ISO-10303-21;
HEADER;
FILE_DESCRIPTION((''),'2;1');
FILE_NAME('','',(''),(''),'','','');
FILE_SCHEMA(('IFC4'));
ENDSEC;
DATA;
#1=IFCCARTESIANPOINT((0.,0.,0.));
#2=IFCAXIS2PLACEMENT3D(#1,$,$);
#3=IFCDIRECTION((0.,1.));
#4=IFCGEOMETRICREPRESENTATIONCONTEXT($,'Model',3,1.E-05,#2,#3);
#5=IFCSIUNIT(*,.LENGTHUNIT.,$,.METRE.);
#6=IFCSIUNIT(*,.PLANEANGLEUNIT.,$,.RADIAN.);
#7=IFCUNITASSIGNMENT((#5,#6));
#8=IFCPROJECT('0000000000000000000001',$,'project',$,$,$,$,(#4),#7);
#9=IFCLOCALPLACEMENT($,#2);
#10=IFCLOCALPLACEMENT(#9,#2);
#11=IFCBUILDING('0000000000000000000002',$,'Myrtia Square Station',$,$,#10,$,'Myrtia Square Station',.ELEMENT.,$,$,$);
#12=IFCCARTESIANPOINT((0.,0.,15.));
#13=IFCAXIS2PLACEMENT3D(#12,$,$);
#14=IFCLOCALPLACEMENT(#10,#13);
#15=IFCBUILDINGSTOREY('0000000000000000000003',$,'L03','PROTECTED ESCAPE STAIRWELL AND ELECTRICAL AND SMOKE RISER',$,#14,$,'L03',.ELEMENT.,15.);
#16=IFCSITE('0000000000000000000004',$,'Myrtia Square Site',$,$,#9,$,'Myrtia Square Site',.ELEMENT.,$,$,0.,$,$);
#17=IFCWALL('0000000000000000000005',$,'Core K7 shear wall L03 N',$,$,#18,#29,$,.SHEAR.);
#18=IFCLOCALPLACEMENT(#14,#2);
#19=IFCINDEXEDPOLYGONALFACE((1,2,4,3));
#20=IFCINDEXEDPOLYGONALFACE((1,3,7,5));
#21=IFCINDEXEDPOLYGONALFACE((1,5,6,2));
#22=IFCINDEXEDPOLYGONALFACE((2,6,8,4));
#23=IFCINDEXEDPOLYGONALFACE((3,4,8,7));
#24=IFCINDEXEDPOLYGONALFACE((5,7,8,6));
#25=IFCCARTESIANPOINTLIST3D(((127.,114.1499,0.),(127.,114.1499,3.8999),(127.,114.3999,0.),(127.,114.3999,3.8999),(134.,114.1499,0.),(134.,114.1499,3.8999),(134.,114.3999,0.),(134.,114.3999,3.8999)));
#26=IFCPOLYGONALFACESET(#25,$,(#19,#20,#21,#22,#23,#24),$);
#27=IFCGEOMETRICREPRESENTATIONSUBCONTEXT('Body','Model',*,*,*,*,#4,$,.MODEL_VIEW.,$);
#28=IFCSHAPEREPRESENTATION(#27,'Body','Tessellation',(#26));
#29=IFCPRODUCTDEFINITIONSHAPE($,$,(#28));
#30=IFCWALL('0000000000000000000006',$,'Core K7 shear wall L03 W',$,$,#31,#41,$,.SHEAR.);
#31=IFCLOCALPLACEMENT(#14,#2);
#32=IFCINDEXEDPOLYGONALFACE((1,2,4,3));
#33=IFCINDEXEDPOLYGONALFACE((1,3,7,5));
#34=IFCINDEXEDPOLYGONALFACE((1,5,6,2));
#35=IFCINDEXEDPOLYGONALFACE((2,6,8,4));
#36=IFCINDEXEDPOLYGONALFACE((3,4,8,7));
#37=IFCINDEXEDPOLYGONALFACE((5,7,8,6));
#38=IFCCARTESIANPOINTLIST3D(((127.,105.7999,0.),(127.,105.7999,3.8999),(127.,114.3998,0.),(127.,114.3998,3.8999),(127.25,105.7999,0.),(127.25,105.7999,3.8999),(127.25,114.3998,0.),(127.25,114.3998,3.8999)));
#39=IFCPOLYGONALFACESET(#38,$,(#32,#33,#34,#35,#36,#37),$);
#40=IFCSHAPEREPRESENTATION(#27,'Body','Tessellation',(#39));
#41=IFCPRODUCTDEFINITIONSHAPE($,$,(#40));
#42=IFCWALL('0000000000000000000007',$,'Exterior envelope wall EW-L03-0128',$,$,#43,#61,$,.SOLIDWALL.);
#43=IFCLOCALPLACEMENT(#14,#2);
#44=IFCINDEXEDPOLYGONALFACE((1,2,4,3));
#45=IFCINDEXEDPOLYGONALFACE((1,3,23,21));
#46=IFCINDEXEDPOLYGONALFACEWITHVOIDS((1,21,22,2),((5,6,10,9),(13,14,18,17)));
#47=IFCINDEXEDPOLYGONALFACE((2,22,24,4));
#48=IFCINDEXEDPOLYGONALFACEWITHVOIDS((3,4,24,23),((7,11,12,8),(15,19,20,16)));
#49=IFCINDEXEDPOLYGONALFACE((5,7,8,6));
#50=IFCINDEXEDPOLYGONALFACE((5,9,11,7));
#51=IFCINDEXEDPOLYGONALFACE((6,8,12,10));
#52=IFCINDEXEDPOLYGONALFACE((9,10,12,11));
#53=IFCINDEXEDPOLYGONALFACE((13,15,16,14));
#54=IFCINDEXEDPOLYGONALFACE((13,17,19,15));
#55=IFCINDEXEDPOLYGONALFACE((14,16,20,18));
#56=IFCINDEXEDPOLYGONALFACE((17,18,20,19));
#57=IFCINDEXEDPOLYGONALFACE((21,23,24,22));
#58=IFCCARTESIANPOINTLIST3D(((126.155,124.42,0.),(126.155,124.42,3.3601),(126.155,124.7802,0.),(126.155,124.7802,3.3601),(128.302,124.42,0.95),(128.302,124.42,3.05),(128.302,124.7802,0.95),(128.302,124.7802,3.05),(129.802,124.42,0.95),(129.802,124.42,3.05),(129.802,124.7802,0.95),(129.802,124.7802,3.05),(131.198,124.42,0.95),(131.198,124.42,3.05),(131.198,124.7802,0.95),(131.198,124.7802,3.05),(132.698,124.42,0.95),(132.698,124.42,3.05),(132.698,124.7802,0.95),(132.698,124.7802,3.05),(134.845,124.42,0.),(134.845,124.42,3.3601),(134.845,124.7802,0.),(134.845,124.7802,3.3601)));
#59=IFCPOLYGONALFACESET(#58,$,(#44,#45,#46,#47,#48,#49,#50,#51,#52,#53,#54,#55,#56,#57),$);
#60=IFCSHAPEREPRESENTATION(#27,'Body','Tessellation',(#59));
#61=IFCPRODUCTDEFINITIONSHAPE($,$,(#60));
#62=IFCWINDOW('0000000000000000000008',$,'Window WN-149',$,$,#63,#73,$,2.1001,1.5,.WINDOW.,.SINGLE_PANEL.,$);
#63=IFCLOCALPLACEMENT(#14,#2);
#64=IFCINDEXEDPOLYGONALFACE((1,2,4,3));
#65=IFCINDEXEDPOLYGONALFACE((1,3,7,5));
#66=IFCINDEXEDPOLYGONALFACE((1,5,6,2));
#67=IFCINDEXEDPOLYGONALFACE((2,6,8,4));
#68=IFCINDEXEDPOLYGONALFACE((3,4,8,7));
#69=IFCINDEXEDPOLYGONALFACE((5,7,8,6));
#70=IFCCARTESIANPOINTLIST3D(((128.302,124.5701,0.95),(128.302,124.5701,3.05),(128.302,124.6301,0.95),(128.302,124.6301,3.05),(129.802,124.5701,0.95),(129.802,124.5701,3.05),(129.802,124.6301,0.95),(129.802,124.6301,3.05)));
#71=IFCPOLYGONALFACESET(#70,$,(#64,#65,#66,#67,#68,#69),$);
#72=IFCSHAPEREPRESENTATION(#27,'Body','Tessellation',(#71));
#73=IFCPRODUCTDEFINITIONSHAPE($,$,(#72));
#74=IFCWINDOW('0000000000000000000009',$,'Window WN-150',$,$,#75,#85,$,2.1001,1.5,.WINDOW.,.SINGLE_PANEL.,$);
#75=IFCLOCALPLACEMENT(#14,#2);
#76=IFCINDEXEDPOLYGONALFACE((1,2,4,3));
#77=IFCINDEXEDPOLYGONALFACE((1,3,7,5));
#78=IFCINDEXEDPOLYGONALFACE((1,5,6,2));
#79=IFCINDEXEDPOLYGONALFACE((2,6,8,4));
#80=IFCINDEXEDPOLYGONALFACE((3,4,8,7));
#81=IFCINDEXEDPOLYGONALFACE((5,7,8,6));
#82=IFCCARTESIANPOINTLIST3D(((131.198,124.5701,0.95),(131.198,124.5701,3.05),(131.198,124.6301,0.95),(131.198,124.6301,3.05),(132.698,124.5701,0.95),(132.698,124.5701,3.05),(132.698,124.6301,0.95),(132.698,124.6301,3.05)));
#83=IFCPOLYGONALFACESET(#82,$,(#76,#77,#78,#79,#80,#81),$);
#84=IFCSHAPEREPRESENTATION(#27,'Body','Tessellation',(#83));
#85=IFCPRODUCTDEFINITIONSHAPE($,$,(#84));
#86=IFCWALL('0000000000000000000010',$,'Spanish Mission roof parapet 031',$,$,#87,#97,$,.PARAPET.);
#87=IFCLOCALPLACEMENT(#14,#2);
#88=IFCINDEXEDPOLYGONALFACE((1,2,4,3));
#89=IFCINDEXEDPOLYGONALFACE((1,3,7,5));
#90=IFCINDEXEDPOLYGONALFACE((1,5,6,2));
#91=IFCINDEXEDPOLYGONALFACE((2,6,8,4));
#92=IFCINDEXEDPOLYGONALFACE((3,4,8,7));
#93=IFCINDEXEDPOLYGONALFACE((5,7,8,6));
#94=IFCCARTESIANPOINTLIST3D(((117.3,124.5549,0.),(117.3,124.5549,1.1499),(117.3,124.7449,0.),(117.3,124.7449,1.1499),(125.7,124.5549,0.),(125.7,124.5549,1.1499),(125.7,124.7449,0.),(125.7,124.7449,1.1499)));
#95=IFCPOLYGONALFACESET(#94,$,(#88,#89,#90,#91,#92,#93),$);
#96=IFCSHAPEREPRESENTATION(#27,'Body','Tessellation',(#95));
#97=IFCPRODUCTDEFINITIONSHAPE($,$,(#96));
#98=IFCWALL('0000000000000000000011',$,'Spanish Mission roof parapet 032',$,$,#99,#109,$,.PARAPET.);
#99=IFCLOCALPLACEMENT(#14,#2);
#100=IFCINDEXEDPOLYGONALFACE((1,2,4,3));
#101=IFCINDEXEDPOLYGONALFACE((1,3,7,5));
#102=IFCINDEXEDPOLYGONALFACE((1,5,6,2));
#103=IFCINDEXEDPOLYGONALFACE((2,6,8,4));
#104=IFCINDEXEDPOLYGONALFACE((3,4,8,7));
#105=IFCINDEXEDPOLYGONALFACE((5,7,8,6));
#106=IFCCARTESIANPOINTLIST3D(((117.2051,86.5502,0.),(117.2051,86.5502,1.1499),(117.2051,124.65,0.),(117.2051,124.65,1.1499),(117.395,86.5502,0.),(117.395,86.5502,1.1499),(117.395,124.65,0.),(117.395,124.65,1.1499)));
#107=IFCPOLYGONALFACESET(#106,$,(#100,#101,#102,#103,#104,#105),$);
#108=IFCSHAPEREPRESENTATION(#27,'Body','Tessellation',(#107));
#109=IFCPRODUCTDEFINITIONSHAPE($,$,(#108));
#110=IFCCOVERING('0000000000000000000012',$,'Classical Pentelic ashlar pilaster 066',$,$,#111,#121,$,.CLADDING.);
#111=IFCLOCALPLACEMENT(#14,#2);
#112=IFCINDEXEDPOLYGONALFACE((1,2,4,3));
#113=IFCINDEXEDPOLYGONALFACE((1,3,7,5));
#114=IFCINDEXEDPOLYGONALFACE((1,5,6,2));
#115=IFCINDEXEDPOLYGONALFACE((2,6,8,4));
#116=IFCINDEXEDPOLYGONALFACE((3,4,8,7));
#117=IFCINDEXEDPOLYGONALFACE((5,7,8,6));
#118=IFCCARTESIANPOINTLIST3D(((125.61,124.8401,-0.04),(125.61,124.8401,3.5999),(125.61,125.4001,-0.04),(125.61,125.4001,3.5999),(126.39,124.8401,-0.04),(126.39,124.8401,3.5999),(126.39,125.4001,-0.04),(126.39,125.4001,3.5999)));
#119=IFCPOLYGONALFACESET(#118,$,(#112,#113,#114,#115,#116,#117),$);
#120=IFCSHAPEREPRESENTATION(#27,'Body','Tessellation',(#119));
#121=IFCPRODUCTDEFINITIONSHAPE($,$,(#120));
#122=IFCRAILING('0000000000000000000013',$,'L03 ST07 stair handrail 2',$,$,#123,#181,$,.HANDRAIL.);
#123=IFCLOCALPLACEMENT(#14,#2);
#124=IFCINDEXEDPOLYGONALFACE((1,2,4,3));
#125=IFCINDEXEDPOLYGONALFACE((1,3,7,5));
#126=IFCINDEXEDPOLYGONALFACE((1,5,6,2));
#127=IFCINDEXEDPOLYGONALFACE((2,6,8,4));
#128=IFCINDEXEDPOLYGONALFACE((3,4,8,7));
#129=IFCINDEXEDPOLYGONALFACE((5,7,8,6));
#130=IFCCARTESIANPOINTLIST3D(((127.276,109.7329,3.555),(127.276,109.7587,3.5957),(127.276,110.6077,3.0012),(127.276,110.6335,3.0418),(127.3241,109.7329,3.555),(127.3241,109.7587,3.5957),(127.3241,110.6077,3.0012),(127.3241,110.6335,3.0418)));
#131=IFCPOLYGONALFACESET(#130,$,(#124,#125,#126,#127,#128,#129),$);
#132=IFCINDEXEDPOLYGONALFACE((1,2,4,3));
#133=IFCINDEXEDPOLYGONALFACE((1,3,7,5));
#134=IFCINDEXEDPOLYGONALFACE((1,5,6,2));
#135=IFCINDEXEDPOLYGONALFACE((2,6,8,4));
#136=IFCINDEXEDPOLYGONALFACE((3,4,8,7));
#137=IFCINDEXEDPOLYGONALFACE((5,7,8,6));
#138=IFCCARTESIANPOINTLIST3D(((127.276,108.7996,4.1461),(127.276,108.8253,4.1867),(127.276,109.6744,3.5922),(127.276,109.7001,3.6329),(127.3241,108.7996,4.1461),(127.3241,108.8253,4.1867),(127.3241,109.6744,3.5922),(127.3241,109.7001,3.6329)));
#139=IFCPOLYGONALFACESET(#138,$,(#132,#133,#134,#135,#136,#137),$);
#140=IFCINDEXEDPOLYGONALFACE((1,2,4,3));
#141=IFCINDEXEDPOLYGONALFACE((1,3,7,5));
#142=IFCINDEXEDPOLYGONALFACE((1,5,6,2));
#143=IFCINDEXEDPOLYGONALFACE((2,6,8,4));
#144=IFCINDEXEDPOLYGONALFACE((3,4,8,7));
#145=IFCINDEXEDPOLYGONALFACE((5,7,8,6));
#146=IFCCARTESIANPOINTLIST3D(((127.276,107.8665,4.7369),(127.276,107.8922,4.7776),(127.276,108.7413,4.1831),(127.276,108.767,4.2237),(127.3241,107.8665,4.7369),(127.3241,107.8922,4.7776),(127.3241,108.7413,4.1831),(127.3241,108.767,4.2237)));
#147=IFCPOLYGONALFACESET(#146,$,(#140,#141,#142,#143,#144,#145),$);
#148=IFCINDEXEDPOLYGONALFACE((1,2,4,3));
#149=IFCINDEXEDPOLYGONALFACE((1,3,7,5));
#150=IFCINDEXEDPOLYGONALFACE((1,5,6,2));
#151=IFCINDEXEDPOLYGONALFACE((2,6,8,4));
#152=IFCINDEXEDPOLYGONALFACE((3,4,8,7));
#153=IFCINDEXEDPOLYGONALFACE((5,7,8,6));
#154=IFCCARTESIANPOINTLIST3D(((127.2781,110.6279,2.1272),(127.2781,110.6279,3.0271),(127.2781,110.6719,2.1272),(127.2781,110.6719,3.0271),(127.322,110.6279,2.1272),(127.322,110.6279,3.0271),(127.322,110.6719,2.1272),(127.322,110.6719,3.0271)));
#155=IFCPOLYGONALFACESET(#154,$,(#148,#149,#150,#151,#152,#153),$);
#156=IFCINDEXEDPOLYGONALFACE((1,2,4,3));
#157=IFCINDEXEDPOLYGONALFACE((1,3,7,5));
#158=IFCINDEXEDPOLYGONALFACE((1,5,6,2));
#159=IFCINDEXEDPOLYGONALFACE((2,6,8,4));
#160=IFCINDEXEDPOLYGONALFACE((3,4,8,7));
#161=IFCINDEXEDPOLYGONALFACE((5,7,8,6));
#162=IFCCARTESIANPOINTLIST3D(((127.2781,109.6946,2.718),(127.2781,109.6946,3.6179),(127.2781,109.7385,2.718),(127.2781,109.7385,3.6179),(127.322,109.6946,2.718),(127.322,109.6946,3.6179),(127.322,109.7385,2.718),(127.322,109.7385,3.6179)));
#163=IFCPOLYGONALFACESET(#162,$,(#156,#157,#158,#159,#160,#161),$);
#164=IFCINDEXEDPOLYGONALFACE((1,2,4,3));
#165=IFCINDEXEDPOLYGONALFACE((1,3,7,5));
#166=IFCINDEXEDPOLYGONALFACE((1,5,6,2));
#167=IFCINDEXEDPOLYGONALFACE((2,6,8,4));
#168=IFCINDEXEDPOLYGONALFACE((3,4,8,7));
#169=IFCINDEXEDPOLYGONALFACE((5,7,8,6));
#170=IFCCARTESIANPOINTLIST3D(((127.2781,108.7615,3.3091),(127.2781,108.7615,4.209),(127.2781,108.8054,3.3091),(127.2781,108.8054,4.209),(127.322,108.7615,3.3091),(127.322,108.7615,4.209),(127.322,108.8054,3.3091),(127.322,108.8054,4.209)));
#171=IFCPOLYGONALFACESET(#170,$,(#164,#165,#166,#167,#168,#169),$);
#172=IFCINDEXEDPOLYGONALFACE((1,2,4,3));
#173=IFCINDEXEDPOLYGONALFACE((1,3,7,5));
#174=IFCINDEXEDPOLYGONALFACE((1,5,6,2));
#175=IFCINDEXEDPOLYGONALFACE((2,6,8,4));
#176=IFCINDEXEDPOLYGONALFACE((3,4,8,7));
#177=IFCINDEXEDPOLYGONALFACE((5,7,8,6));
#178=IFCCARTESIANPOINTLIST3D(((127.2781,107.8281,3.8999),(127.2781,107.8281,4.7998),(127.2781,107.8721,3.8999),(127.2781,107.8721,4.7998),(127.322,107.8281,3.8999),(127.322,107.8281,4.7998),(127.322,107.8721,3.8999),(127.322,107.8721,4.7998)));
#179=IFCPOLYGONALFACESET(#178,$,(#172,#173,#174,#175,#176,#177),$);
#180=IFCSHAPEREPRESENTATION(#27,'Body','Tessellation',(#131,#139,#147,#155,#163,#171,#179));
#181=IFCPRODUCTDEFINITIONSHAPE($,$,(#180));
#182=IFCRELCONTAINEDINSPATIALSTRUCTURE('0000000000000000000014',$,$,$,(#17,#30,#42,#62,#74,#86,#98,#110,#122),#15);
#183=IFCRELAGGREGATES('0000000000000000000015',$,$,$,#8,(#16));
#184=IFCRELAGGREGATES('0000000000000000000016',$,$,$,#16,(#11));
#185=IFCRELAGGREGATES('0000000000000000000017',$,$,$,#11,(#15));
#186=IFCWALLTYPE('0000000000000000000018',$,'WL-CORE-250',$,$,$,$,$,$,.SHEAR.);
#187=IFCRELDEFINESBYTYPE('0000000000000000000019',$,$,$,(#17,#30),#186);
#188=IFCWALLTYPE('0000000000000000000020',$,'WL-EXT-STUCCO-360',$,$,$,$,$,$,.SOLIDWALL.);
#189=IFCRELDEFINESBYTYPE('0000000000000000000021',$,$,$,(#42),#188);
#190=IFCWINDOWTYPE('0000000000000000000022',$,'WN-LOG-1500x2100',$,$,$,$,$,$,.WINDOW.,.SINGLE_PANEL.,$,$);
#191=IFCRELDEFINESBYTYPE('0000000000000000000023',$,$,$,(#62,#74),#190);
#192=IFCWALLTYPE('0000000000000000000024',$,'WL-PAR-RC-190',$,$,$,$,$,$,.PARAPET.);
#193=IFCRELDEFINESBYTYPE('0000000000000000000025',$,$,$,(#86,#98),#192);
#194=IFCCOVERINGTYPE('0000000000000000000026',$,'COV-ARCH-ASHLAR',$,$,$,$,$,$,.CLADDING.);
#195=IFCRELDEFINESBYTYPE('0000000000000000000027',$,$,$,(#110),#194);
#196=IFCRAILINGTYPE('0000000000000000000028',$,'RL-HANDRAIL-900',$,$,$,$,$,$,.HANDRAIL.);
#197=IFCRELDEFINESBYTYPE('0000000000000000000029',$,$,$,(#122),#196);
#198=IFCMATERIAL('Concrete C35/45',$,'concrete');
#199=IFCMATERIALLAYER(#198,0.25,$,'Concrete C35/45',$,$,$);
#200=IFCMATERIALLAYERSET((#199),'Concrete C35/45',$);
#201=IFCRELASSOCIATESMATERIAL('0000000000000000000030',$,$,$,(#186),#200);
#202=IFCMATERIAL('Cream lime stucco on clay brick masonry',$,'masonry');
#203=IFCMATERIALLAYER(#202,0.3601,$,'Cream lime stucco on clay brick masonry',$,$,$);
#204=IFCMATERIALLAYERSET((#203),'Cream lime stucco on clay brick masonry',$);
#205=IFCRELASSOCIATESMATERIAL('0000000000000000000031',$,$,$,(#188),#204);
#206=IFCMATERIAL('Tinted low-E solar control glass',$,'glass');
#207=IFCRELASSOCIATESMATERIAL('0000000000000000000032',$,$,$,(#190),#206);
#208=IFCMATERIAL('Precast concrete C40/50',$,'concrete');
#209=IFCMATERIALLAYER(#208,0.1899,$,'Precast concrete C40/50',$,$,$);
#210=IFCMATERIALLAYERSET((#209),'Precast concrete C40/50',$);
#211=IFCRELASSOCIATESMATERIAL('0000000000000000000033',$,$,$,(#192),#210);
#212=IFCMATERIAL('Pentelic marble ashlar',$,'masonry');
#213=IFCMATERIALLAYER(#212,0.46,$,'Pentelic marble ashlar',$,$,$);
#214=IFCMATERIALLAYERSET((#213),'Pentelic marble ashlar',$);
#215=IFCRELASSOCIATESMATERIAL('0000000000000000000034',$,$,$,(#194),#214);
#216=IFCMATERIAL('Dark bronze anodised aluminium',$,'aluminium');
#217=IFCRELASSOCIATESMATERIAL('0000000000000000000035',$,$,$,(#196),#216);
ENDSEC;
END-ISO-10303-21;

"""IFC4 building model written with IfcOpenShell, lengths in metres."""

from ifc_helpers import new_model, si_unit, direction, frame, frame_2d, origin, origin_2d, place, context, subcontext, project, spatial, rectangle, extrude, material, layer, layer_set, type_object, element, fill, save


model = new_model("IFC4")

# Units and contexts
model_context = context("Model", 3, precision=1e-05, world=origin(), true_north=direction((0.0, 1.0)))
body_context = subcontext(model_context, "Body", "Model", "MODEL_VIEW")
ifc_project = project(units=[si_unit("LENGTHUNIT", "METRE"), si_unit("PLANEANGLEUNIT", "RADIAN")], contexts=[model_context])

# Site, building, storey
site_placement = place(None, origin())
site = spatial("IfcSite", under=ifc_project, at=site_placement, Name="Myrtia Square Site", LongName="Myrtia Square Site", CompositionType="ELEMENT", RefElevation=0.0)
building_placement = place(site_placement, origin())
building = spatial("IfcBuilding", under=site, at=building_placement, Name="Myrtia Square Station", LongName="Myrtia Square Station", CompositionType="ELEMENT")
storey_placement = place(building_placement, frame((0.0, 0.0, 15.0)))
storey = spatial("IfcBuildingStorey", under=building, at=storey_placement, Name="L03", Description="PROTECTED ESCAPE STAIRWELL AND ELECTRICAL AND SMOKE RISER", LongName="L03", CompositionType="ELEMENT", Elevation=15.0)

# Shared definitions
ifc_material_1 = material(Name="Concrete C35/45", Category="concrete")
ifc_layer_1 = layer(ifc_material_1, 0.25, Name="Concrete C35/45")
ifc_layer_set_1 = layer_set([ifc_layer_1], Name="Concrete C35/45")
wall_type_1 = type_object("IfcWallType", Name="WL-CORE-250", PredefinedType="SHEAR", material=ifc_layer_set_1)
ifc_material_2 = material(Name="Dark bronze anodised aluminium", Category="aluminium")

# Walls
wall_1_placement = place(storey_placement, frame((127.0, 114.2749, 0.0), z_axis=(0.0, 0.0, 1.0), x_axis=(1.0, 0.0, 0.0)))
element("IfcWall", 1, at=wall_1_placement, inside=storey, type_object=wall_type_1, Name="Core K7 shear wall L03 N", PredefinedType="SHEAR", context=body_context, shape_type="SweptSolid", body=[
    extrude(rectangle(XDim=7.0, YDim=0.25, at=frame_2d((3.5, 0.0))), origin(), (0.0, 0.0, 1.0), 3.8999),
])
wall_2_placement = place(storey_placement, frame((127.125, 105.8, 0.0), z_axis=(0.0, 0.0, 1.0), x_axis=(0.0, 1.0, 0.0)))
element("IfcWall", 2, at=wall_2_placement, inside=storey, type_object=wall_type_1, Name="Core K7 shear wall L03 W", PredefinedType="SHEAR", context=body_context, shape_type="SweptSolid", body=[
    extrude(rectangle(XDim=8.5999, YDim=0.25, at=frame_2d((4.2998, 0.0))), origin(), (0.0, 0.0, 1.0), 3.8999),
])

# Wall, openings, windows
ifc_material_3 = material(Name="Cream lime stucco on clay brick masonry", Category="masonry")
ifc_layer_2 = layer(ifc_material_3, 0.3601, Name="Cream lime stucco on clay brick masonry")
ifc_layer_set_2 = layer_set([ifc_layer_2], Name="Cream lime stucco on clay brick masonry")
wall_type_2 = type_object("IfcWallType", Name="WL-EXT-STUCCO-360", PredefinedType="SOLIDWALL", material=ifc_layer_set_2)
wall_3_placement = place(storey_placement, frame((126.155, 124.6001, 0.0), z_axis=(0.0, 0.0, 1.0), x_axis=(1.0, 0.0, 0.0)))
wall_3 = element("IfcWall", 3, at=wall_3_placement, inside=storey, type_object=wall_type_2, Name="Exterior envelope wall EW-L03-0128", PredefinedType="SOLIDWALL", context=body_context, shape_type="SweptSolid", body=[
    extrude(rectangle(XDim=8.6899, YDim=0.3601, at=frame_2d((4.345, 0.0))), origin(), (0.0, 0.0, 1.0), 3.3601),
])
opening_1_placement = place(wall_3_placement, frame((2.147, 0.0, 0.95)))
opening_1 = element("IfcOpeningElement", 4, at=opening_1_placement, cuts=wall_3, PredefinedType="OPENING", context=body_context, shape_type="SweptSolid", body=[
    extrude(rectangle(XDim=1.5, YDim=2.1001, at=frame_2d((0.75, 1.05))), frame((0.0, 0.1951, 0.0), z_axis=(0.0, -1.0, 0.0), x_axis=(1.0, 0.0, 0.0)), (0.0, 0.0, 1.0), 0.3901),
])
opening_2_placement = place(wall_3_placement, frame((5.043, 0.0, 0.95)))
opening_2 = element("IfcOpeningElement", 5, at=opening_2_placement, cuts=wall_3, PredefinedType="OPENING", context=body_context, shape_type="SweptSolid", body=[
    extrude(rectangle(XDim=1.5, YDim=2.1001, at=frame_2d((0.75, 1.05))), frame((0.0, 0.1951, 0.0), z_axis=(0.0, -1.0, 0.0), x_axis=(1.0, 0.0, 0.0)), (0.0, 0.0, 1.0), 0.3901),
])
ifc_material_4 = material(Name="Tinted low-E solar control glass", Category="glass")
window_type = type_object("IfcWindowType", Name="WN-LOG-1500x2100", PartitioningType="SINGLE_PANEL", PredefinedType="WINDOW", material=ifc_material_4)
window_1_placement = place(opening_1_placement, origin())
window_1 = element("IfcWindow", 6, at=window_1_placement, inside=storey, type_object=window_type, Name="Window WN-149", OverallHeight=2.1001, OverallWidth=1.5, PartitioningType="SINGLE_PANEL", PredefinedType="WINDOW", context=body_context, shape_type="SweptSolid", body=[
    extrude(rectangle(XDim=1.5, YDim=2.1001, at=frame_2d((0.75, 1.05))), frame((0.0, 0.03, 0.0), z_axis=(0.0, -1.0, 0.0), x_axis=(1.0, 0.0, 0.0)), (0.0, 0.0, 1.0), 0.0601),
])
fill(opening_1, window_1)
window_2_placement = place(opening_2_placement, origin())
window_2 = element("IfcWindow", 7, at=window_2_placement, inside=storey, type_object=window_type, Name="Window WN-150", OverallHeight=2.1001, OverallWidth=1.5, PartitioningType="SINGLE_PANEL", PredefinedType="WINDOW", context=body_context, shape_type="SweptSolid", body=[
    extrude(rectangle(XDim=1.5, YDim=2.1001, at=frame_2d((0.75, 1.05))), frame((0.0, 0.03, 0.0), z_axis=(0.0, -1.0, 0.0), x_axis=(1.0, 0.0, 0.0)), (0.0, 0.0, 1.0), 0.0601),
])
fill(opening_2, window_2)

# Walls
ifc_material_5 = material(Name="Precast concrete C40/50", Category="concrete")
ifc_layer_3 = layer(ifc_material_5, 0.1899, Name="Precast concrete C40/50")
ifc_layer_set_3 = layer_set([ifc_layer_3], Name="Precast concrete C40/50")
wall_type_3 = type_object("IfcWallType", Name="WL-PAR-RC-190", PredefinedType="PARAPET", material=ifc_layer_set_3)
wall_4_placement = place(storey_placement, frame((125.7, 124.6499, 0.0), z_axis=(0.0, 0.0, 1.0), x_axis=(-1.0, 0.0, 0.0)))
element("IfcWall", 8, at=wall_4_placement, inside=storey, type_object=wall_type_3, Name="Spanish Mission roof parapet 031", PredefinedType="PARAPET", context=body_context, shape_type="SweptSolid", body=[
    extrude(rectangle(XDim=8.3999, YDim=0.1899, at=frame_2d((4.2, 0.0))), origin(), (0.0, 0.0, 1.0), 1.1499),
])
wall_5_placement = place(storey_placement, frame((117.3, 124.6499, 0.0), z_axis=(0.0, 0.0, 1.0), x_axis=(0.0, -1.0, 0.0)))
element("IfcWall", 9, at=wall_5_placement, inside=storey, type_object=wall_type_3, Name="Spanish Mission roof parapet 032", PredefinedType="PARAPET", context=body_context, shape_type="SweptSolid", body=[
    extrude(rectangle(XDim=38.0999, YDim=0.1899, at=frame_2d((19.0498, 0.0))), origin(), (0.0, 0.0, 1.0), 1.1499),
])

# Covering
ifc_material_6 = material(Name="Pentelic marble ashlar", Category="masonry")
ifc_layer_4 = layer(ifc_material_6, 0.46, Name="Pentelic marble ashlar")
ifc_layer_set_4 = layer_set([ifc_layer_4], Name="Pentelic marble ashlar")
covering_type = type_object("IfcCoveringType", Name="COV-ARCH-ASHLAR", PredefinedType="CLADDING", material=ifc_layer_set_4)
covering_placement = place(storey_placement, frame((126.0, 125.1201, -0.04), z_axis=(0.0, 0.0, 1.0), x_axis=(1.0, 0.0, 0.0)))
element("IfcCovering", 10, at=covering_placement, inside=storey, type_object=covering_type, Name="Classical Pentelic ashlar pilaster 066", PredefinedType="CLADDING", context=body_context, shape_type="SweptSolid", body=[
    extrude(rectangle(XDim=0.78, YDim=0.5601, at=origin_2d()), origin(), (0.0, 0.0, 1.0), 3.6399),
])

# Railing
railing_type = type_object("IfcRailingType", Name="RL-HANDRAIL-900", PredefinedType="HANDRAIL", material=ifc_material_2)
railing_placement = place(storey_placement, frame((127.3, 110.6499, 2.1272)))
element("IfcRailing", 11, at=railing_placement, inside=storey, type_object=railing_type, Name="L03 ST07 stair handrail 2", PredefinedType="HANDRAIL", context=body_context, shape_type="SweptSolid", body=[
    extrude(rectangle(XDim=0.0481, YDim=0.0481, at=origin_2d()), frame((0.0, -0.0293, 0.8943), z_axis=(0.0, -0.844888, 0.534943), x_axis=(1.0, 0.0, 0.0)), (0.0, 0.0, 1.0), 1.0354),
    extrude(rectangle(XDim=0.0481, YDim=0.0481, at=origin_2d()), frame((0.0, -0.9626, 1.4854), z_axis=(0.0, -0.844888, 0.534943), x_axis=(1.0, 0.0, 0.0)), (0.0, 0.0, 1.0), 1.0354),
    extrude(rectangle(XDim=0.0481, YDim=0.0481, at=origin_2d()), frame((0.0, -1.8958, 2.0762), z_axis=(0.0, -0.844888, 0.534943), x_axis=(1.0, 0.0, 0.0)), (0.0, 0.0, 1.0), 1.0354),
    extrude(rectangle(XDim=0.0439, YDim=0.0439, at=origin_2d()), origin(), (0.0, 0.0, 1.0), 0.8999),
    extrude(rectangle(XDim=0.0439, YDim=0.0439, at=origin_2d()), frame((0.0, -0.9333, 0.5908)), (0.0, 0.0, 1.0), 0.8999),
    extrude(rectangle(XDim=0.0439, YDim=0.0439, at=origin_2d()), frame((0.0, -1.8665, 1.1819)), (0.0, 0.0, 1.0), 0.8999),
    extrude(rectangle(XDim=0.0439, YDim=0.0439, at=origin_2d()), frame((0.0, -2.7998, 1.7727)), (0.0, 0.0, 1.0), 0.8999),
])

save(model, "model.ifc")
